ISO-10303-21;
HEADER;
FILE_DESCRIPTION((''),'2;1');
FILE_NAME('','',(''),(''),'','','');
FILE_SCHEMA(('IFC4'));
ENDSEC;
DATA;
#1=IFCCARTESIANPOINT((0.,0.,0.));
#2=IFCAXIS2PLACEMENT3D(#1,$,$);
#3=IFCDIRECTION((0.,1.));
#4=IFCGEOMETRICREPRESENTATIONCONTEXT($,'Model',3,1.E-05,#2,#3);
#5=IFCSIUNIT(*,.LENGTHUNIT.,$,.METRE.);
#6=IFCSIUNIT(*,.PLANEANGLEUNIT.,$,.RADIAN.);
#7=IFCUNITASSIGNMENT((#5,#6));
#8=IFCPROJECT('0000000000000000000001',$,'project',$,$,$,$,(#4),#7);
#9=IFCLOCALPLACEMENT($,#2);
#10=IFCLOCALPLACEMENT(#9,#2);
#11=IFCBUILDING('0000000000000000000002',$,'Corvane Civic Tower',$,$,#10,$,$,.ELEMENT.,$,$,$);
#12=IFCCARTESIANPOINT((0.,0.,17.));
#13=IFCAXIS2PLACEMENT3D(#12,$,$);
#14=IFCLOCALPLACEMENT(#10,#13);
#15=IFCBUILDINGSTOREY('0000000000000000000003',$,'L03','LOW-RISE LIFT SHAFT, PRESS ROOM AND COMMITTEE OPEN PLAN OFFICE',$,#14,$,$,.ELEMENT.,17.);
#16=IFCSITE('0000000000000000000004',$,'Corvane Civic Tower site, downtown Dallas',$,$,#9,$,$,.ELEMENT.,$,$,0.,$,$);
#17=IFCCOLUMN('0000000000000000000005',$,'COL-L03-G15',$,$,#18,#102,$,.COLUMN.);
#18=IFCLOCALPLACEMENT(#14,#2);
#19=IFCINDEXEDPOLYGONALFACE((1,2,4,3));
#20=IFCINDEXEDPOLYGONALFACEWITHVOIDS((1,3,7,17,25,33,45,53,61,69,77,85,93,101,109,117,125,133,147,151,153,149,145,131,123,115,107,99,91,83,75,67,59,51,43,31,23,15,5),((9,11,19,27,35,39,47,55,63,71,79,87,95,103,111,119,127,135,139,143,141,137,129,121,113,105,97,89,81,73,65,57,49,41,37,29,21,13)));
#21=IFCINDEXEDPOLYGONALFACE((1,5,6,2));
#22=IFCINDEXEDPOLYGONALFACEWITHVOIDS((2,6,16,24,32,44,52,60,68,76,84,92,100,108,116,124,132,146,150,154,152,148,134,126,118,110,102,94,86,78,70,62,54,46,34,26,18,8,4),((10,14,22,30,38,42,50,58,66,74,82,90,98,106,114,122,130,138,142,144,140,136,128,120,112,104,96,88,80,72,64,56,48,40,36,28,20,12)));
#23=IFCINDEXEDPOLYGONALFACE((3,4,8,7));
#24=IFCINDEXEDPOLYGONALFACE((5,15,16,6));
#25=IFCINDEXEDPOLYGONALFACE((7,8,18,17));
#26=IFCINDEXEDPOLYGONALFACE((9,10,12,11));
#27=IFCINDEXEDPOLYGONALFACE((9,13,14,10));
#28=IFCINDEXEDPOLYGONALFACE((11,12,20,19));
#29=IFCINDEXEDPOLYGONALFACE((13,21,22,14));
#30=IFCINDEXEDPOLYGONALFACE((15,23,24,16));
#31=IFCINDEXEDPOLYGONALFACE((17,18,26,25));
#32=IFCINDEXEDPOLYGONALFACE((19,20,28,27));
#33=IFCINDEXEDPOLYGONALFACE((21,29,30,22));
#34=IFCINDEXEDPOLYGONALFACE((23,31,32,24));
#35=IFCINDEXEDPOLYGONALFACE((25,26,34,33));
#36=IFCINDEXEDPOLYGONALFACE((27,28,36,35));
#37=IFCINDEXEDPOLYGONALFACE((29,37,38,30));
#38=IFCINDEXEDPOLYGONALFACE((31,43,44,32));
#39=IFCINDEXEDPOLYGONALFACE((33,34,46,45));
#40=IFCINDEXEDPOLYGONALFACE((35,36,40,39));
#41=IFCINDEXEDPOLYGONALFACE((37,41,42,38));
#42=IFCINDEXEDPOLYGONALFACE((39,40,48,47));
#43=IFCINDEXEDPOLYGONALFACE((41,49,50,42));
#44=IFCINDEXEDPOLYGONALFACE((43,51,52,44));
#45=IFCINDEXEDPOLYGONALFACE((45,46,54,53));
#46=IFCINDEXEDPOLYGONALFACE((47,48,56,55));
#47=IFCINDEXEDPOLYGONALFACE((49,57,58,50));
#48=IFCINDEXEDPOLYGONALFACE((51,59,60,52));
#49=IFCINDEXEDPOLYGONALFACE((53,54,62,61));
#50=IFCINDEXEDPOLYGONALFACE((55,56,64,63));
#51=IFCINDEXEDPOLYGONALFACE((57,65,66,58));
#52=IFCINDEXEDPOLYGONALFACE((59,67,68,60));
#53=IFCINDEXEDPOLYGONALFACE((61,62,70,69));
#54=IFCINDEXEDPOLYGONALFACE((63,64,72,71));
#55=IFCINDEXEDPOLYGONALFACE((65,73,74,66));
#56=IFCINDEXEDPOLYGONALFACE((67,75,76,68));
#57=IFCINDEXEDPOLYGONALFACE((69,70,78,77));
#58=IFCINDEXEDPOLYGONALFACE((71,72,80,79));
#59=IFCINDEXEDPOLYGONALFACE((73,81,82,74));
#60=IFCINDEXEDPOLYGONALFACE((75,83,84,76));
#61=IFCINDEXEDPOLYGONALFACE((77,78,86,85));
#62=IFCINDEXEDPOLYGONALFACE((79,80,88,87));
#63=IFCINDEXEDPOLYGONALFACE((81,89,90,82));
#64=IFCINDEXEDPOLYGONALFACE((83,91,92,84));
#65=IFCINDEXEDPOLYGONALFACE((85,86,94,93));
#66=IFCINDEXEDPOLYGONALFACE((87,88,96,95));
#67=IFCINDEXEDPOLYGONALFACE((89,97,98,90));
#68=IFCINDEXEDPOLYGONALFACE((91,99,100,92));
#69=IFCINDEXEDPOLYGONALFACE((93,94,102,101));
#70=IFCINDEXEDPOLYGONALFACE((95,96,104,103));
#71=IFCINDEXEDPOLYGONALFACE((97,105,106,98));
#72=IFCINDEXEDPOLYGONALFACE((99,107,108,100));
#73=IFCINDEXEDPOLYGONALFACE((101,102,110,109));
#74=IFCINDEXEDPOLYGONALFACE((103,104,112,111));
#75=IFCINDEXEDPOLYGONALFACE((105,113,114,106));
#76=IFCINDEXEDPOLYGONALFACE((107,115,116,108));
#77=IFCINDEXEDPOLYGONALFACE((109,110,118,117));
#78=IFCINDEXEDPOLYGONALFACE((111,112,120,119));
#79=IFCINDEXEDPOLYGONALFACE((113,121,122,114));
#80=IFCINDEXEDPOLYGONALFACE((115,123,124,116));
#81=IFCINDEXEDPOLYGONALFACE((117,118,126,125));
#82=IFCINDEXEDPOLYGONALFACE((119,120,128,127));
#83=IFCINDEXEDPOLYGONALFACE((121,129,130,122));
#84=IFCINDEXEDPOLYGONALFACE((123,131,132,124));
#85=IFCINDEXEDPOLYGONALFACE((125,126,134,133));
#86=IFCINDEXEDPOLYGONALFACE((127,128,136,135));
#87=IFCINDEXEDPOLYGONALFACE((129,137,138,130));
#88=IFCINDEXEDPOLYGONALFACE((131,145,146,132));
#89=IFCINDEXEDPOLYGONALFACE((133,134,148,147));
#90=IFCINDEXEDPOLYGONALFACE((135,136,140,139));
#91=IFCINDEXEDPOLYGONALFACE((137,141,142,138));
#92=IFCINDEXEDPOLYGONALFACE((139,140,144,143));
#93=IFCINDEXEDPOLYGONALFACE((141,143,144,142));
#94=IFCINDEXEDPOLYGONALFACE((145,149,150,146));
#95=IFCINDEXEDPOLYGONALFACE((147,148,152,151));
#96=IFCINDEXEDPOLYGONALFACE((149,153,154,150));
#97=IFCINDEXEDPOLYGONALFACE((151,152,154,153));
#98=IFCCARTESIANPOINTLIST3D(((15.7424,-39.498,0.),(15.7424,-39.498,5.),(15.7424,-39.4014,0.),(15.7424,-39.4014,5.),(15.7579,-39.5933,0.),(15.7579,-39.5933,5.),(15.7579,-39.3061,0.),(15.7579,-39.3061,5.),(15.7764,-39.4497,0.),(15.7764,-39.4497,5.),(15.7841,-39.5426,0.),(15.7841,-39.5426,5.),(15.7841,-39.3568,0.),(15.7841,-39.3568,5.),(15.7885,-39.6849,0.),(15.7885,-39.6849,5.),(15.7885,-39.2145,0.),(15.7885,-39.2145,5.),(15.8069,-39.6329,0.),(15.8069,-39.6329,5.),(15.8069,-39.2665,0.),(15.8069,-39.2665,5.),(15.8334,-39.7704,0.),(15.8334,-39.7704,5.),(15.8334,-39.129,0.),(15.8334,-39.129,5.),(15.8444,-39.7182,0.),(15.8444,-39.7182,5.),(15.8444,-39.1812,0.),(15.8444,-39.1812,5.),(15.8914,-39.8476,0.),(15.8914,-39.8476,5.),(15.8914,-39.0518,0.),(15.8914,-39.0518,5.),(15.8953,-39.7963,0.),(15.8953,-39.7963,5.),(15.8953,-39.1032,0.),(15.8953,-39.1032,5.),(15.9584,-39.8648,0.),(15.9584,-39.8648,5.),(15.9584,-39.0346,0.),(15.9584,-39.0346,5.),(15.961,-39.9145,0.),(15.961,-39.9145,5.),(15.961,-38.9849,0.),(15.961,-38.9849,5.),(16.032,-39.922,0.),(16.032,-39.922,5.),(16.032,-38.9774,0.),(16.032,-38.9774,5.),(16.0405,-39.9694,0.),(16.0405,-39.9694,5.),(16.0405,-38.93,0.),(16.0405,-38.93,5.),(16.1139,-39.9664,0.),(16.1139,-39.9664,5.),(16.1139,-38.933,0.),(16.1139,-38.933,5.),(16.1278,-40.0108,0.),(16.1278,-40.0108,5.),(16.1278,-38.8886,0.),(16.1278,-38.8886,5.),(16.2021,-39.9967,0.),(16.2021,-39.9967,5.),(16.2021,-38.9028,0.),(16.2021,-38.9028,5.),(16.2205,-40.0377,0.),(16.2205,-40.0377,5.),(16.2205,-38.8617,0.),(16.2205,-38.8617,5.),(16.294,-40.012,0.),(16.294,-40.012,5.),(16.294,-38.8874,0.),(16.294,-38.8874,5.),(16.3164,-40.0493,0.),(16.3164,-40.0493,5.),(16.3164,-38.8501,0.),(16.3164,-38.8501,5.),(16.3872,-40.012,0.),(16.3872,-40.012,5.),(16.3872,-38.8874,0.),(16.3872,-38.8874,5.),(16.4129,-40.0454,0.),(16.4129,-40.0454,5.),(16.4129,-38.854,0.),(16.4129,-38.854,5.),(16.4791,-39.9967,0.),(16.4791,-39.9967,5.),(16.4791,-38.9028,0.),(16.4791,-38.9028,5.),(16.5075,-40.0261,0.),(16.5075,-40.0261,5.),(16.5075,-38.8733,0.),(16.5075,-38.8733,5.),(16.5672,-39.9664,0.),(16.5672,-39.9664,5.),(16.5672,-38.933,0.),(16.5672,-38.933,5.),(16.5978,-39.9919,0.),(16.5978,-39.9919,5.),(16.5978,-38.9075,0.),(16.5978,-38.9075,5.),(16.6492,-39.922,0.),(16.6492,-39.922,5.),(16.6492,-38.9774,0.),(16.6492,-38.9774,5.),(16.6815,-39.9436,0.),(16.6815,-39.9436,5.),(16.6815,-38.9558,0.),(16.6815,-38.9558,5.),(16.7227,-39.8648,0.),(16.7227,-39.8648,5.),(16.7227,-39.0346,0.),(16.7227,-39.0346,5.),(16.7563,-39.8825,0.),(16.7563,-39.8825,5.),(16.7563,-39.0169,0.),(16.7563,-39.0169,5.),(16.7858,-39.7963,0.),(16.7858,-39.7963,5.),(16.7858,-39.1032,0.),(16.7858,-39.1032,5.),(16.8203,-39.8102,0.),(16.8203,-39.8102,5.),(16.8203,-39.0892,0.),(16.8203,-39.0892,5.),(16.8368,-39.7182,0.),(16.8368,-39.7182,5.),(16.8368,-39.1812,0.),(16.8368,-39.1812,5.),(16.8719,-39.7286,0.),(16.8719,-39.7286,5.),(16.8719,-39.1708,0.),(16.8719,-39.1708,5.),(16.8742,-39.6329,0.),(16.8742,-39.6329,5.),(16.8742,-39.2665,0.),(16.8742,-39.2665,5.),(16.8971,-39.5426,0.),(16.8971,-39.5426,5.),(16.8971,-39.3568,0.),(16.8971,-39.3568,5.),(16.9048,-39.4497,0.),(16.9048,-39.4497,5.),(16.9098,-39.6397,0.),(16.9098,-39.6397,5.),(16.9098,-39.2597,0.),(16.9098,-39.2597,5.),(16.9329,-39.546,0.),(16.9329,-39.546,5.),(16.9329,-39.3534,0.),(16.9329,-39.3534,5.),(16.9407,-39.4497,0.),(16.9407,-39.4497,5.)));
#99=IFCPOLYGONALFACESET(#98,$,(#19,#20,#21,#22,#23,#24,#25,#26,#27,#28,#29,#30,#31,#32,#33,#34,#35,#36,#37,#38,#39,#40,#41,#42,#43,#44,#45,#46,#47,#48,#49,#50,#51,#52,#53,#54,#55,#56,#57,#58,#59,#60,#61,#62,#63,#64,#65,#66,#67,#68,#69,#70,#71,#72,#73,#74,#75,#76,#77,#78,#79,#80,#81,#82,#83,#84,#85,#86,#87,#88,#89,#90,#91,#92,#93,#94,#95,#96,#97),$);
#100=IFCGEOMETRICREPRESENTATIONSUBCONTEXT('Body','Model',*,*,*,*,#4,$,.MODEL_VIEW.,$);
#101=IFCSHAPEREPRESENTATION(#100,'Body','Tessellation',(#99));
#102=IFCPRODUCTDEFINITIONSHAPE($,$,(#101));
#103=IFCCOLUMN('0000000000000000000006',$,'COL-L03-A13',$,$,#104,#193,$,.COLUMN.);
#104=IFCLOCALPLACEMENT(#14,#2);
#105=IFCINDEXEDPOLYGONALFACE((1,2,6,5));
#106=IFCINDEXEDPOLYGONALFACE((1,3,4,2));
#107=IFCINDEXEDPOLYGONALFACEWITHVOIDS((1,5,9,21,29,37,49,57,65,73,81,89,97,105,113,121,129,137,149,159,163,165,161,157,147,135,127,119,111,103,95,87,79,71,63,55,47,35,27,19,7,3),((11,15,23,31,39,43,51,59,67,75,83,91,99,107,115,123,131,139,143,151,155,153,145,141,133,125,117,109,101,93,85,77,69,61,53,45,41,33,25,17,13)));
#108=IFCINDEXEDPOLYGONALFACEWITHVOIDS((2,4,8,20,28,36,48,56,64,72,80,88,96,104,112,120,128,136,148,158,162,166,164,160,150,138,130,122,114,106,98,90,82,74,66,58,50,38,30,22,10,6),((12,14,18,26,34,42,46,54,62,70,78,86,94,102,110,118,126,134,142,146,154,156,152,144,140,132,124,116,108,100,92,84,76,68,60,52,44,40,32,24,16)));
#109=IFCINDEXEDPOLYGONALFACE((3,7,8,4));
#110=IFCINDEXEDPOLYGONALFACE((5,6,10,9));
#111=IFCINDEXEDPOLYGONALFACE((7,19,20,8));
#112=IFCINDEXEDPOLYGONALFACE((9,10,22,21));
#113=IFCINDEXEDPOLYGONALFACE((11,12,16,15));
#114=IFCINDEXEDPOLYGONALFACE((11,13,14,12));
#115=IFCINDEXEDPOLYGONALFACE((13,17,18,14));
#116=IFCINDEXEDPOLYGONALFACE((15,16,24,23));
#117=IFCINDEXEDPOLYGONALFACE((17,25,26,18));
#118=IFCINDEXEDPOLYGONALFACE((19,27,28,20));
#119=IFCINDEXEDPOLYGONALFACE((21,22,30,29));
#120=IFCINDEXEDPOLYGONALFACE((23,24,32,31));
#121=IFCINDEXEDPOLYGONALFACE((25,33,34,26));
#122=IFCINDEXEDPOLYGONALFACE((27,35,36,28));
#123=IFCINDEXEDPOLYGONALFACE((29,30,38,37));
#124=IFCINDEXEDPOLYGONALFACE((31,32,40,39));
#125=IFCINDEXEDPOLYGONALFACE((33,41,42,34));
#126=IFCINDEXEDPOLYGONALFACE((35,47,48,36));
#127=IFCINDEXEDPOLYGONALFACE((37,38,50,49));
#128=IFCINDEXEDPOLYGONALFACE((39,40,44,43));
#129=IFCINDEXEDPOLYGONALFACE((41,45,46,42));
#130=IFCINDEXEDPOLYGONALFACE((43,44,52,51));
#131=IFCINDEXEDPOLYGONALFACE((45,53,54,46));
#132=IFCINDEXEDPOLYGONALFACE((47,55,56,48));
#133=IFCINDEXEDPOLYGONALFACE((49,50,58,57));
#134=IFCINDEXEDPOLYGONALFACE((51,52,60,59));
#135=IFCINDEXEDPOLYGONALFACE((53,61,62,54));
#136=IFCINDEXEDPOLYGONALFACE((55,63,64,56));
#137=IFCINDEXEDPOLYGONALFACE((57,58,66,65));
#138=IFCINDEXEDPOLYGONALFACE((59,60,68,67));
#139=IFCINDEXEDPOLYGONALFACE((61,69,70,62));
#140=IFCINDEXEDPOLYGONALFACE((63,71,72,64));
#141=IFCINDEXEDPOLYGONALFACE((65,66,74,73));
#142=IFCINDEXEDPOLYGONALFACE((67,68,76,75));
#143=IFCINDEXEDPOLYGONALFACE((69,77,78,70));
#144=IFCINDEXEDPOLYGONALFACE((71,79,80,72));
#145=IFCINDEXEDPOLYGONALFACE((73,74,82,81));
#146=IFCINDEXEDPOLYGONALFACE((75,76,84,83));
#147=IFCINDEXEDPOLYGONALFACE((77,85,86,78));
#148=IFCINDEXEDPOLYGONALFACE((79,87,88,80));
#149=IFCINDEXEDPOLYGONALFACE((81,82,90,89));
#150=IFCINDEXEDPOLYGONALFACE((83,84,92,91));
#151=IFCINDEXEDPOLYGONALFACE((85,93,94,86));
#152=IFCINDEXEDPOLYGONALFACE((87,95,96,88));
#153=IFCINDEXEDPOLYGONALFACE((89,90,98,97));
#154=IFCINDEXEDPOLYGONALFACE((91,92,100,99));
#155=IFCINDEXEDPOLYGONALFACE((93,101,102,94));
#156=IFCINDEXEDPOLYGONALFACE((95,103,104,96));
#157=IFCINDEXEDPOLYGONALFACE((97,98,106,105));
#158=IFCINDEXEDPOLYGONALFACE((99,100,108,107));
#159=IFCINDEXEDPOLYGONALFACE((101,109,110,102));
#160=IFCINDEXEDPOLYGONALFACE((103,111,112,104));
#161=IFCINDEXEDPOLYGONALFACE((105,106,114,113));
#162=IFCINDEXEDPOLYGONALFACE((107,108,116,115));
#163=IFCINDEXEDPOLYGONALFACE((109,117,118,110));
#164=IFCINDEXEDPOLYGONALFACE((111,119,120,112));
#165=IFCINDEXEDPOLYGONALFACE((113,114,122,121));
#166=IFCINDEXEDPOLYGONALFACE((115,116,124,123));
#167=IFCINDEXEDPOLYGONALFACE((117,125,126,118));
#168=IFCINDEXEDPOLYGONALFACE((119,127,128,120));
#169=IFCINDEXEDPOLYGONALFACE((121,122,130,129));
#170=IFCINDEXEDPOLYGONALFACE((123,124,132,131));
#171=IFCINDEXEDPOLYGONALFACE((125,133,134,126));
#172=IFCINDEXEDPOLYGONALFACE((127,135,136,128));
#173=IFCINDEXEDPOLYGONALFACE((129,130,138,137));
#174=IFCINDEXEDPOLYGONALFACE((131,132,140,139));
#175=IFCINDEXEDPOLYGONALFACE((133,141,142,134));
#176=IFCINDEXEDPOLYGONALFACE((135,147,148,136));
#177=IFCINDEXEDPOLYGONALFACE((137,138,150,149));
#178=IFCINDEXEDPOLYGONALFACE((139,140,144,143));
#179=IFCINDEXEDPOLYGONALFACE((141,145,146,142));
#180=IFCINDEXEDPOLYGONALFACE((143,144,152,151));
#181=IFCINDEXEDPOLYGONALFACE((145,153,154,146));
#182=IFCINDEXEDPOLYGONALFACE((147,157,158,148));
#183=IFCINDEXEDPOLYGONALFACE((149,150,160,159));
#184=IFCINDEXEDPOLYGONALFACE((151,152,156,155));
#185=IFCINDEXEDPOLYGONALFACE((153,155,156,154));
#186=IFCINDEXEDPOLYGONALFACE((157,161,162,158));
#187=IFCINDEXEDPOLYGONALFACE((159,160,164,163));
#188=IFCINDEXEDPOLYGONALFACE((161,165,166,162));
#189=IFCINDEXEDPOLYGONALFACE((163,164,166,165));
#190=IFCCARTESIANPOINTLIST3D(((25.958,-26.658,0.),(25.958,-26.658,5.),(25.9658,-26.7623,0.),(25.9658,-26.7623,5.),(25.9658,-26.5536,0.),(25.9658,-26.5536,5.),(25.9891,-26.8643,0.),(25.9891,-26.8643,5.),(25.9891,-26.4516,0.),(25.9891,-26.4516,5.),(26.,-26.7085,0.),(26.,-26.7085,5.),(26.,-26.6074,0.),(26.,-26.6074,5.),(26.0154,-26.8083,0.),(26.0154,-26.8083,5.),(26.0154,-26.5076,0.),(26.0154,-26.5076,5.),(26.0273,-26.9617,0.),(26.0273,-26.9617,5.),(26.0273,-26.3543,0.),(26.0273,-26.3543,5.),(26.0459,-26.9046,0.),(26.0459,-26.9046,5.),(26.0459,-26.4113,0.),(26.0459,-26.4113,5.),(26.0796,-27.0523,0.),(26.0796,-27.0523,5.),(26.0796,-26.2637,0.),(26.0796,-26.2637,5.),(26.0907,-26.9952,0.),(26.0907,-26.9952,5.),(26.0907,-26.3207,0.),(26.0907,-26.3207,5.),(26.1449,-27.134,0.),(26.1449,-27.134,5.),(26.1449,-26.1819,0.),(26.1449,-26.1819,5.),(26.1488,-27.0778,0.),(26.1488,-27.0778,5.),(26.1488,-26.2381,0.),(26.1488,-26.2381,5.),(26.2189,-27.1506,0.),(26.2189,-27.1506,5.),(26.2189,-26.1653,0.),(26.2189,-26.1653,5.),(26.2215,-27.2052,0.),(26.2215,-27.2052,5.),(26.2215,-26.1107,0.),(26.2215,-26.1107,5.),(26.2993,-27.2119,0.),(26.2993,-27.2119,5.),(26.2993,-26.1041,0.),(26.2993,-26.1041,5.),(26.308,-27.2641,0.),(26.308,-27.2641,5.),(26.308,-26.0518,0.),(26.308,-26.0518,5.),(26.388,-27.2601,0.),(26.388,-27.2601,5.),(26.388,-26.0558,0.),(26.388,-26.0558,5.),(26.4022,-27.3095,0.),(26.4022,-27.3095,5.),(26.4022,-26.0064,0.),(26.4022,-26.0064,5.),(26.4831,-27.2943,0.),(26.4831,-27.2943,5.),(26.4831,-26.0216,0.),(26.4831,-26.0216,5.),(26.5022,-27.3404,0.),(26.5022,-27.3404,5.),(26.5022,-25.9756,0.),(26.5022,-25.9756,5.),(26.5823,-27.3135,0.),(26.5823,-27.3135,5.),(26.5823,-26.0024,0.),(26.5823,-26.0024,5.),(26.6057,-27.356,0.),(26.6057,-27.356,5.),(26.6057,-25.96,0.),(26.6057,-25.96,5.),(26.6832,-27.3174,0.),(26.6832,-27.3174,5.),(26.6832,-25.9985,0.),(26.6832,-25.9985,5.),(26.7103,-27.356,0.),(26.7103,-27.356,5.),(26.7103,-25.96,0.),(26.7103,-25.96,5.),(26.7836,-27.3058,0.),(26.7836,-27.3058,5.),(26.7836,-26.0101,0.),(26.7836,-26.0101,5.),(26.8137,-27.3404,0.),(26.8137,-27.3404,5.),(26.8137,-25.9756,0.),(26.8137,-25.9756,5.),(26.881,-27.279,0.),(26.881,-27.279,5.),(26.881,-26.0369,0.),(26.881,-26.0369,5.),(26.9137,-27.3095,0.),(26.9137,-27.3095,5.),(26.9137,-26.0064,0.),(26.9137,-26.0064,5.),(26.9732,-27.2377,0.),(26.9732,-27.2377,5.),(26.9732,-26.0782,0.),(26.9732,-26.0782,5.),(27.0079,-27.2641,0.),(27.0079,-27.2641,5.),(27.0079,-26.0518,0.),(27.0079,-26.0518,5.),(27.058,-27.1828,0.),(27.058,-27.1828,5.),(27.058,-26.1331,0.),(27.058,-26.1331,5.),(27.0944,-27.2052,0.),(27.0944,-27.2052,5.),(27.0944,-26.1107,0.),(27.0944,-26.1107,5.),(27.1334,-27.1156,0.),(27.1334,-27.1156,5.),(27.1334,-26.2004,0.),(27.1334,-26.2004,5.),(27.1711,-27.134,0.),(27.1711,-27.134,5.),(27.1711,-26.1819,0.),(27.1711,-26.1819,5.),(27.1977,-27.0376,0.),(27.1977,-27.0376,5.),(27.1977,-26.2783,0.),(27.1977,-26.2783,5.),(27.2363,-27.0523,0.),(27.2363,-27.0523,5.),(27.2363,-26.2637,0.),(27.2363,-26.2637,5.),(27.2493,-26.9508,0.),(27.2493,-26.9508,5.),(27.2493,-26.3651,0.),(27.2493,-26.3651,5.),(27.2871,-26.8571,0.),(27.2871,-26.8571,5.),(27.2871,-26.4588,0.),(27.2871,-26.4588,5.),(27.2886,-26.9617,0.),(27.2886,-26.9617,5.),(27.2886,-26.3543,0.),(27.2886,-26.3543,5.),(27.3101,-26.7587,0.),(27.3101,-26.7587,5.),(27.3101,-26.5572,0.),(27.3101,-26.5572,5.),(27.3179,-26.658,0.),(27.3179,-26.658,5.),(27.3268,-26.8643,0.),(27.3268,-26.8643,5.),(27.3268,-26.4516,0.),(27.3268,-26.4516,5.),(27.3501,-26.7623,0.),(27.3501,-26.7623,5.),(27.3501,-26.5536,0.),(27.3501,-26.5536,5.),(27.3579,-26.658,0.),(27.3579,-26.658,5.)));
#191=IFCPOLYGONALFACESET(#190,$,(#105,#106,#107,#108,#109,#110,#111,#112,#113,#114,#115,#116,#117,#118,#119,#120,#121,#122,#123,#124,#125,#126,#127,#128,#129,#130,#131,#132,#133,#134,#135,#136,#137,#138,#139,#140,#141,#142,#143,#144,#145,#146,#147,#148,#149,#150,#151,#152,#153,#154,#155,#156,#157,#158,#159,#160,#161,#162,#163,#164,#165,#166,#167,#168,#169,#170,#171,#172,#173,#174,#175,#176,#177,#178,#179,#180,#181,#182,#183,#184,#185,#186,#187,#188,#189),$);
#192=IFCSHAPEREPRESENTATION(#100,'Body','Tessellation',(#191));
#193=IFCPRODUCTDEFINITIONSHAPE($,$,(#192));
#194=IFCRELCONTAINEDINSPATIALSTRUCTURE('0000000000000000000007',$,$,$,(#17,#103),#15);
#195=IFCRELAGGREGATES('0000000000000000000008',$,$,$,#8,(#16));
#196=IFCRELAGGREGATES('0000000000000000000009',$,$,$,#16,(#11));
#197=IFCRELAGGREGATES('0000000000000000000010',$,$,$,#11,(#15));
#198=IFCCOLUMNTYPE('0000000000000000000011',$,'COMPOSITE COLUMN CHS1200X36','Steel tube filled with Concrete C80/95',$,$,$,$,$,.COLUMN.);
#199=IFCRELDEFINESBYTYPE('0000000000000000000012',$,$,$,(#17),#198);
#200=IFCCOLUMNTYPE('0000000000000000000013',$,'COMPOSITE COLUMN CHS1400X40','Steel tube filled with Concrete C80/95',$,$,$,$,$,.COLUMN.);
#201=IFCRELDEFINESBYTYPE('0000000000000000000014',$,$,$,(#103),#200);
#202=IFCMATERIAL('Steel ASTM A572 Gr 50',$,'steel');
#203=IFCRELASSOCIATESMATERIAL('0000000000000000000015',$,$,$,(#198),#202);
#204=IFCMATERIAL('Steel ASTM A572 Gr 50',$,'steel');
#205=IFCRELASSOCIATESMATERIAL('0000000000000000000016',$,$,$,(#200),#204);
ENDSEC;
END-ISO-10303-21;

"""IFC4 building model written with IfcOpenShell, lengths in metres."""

from ifc_helpers import new_model, si_unit, direction, frame, origin, origin_2d, place, context, subcontext, project, spatial, hollow_circle, extrude, material, material_profile, profile_set, type_object, element, save


model = new_model("IFC4")

# Units and contexts
model_context = context("Model", 3, precision=1e-05, world=origin(), true_north=direction((0.0, 1.0)))
body_context = subcontext(model_context, "Body", "Model", "MODEL_VIEW")
ifc_project = project(units=[si_unit("LENGTHUNIT", "METRE"), si_unit("PLANEANGLEUNIT", "RADIAN")], contexts=[model_context])

# Site, building, storey
site_placement = place(None, origin())
site = spatial("IfcSite", under=ifc_project, at=site_placement, Name="Corvane Civic Tower site, downtown Dallas", CompositionType="ELEMENT", RefElevation=0.0)
building_placement = place(site_placement, origin())
building = spatial("IfcBuilding", under=site, at=building_placement, Name="Corvane Civic Tower", CompositionType="ELEMENT")
storey_placement = place(building_placement, frame((0.0, 0.0, 17.0)))
storey = spatial("IfcBuildingStorey", under=building, at=storey_placement, Name="L03", Description="LOW-RISE LIFT SHAFT, PRESS ROOM AND COMMITTEE OPEN PLAN OFFICE", CompositionType="ELEMENT", Elevation=17.0)

# Columns
ifc_material_1 = material(Name="Steel ASTM A572 Gr 50", Category="steel")
ifc_material_profile_1 = material_profile(ifc_material_1, hollow_circle(Radius=0.6001, WallThickness=0.0359, at=origin_2d()), Name="CHS1200X36")
ifc_profile_set_1 = profile_set([ifc_material_profile_1], Name="Steel ASTM A572 Gr 50")
column_type_1 = type_object("IfcColumnType", Name="COMPOSITE COLUMN CHS1200X36", Description="Steel tube filled with Concrete C80/95", PredefinedType="COLUMN", material=ifc_profile_set_1)
for number, where, z_axis, x_axis, name in (
    (1, (16.3406, -39.4497, 0.0), (0.0, 0.0, 1.0), (1.0, 0.0, 0.0), "COL-L03-G15"),
):
    element("IfcColumn", number, at=place(storey_placement, frame(where, z_axis=z_axis, x_axis=x_axis)), inside=storey, type_object=column_type_1, Name=name, PredefinedType="COLUMN", context=body_context, shape_type="SweptSolid", body=[
        extrude(hollow_circle(Radius=0.6001, WallThickness=0.0359, at=origin_2d()), origin(), (0.0, 0.0, 1.0), 5.0),
    ])
ifc_material_2 = material(Name="Steel ASTM A572 Gr 50", Category="steel")
ifc_material_profile_2 = material_profile(ifc_material_2, hollow_circle(Radius=0.7, WallThickness=0.04, at=origin_2d()), Name="CHS1400X40")
ifc_profile_set_2 = profile_set([ifc_material_profile_2], Name="Steel ASTM A572 Gr 50")
column_type_2 = type_object("IfcColumnType", Name="COMPOSITE COLUMN CHS1400X40", Description="Steel tube filled with Concrete C80/95", PredefinedType="COLUMN", material=ifc_profile_set_2)
for number, where, z_axis, x_axis, name in (
    (2, (26.658, -26.658, 0.0), (0.0, 0.0, 1.0), (1.0, 0.0, 0.0), "COL-L03-A13"),
):
    element("IfcColumn", number, at=place(storey_placement, frame(where, z_axis=z_axis, x_axis=x_axis)), inside=storey, type_object=column_type_2, Name=name, PredefinedType="COLUMN", context=body_context, shape_type="SweptSolid", body=[
        extrude(hollow_circle(Radius=0.7, WallThickness=0.04, at=origin_2d()), origin(), (0.0, 0.0, 1.0), 5.0),
    ])

save(model, "model.ifc")
